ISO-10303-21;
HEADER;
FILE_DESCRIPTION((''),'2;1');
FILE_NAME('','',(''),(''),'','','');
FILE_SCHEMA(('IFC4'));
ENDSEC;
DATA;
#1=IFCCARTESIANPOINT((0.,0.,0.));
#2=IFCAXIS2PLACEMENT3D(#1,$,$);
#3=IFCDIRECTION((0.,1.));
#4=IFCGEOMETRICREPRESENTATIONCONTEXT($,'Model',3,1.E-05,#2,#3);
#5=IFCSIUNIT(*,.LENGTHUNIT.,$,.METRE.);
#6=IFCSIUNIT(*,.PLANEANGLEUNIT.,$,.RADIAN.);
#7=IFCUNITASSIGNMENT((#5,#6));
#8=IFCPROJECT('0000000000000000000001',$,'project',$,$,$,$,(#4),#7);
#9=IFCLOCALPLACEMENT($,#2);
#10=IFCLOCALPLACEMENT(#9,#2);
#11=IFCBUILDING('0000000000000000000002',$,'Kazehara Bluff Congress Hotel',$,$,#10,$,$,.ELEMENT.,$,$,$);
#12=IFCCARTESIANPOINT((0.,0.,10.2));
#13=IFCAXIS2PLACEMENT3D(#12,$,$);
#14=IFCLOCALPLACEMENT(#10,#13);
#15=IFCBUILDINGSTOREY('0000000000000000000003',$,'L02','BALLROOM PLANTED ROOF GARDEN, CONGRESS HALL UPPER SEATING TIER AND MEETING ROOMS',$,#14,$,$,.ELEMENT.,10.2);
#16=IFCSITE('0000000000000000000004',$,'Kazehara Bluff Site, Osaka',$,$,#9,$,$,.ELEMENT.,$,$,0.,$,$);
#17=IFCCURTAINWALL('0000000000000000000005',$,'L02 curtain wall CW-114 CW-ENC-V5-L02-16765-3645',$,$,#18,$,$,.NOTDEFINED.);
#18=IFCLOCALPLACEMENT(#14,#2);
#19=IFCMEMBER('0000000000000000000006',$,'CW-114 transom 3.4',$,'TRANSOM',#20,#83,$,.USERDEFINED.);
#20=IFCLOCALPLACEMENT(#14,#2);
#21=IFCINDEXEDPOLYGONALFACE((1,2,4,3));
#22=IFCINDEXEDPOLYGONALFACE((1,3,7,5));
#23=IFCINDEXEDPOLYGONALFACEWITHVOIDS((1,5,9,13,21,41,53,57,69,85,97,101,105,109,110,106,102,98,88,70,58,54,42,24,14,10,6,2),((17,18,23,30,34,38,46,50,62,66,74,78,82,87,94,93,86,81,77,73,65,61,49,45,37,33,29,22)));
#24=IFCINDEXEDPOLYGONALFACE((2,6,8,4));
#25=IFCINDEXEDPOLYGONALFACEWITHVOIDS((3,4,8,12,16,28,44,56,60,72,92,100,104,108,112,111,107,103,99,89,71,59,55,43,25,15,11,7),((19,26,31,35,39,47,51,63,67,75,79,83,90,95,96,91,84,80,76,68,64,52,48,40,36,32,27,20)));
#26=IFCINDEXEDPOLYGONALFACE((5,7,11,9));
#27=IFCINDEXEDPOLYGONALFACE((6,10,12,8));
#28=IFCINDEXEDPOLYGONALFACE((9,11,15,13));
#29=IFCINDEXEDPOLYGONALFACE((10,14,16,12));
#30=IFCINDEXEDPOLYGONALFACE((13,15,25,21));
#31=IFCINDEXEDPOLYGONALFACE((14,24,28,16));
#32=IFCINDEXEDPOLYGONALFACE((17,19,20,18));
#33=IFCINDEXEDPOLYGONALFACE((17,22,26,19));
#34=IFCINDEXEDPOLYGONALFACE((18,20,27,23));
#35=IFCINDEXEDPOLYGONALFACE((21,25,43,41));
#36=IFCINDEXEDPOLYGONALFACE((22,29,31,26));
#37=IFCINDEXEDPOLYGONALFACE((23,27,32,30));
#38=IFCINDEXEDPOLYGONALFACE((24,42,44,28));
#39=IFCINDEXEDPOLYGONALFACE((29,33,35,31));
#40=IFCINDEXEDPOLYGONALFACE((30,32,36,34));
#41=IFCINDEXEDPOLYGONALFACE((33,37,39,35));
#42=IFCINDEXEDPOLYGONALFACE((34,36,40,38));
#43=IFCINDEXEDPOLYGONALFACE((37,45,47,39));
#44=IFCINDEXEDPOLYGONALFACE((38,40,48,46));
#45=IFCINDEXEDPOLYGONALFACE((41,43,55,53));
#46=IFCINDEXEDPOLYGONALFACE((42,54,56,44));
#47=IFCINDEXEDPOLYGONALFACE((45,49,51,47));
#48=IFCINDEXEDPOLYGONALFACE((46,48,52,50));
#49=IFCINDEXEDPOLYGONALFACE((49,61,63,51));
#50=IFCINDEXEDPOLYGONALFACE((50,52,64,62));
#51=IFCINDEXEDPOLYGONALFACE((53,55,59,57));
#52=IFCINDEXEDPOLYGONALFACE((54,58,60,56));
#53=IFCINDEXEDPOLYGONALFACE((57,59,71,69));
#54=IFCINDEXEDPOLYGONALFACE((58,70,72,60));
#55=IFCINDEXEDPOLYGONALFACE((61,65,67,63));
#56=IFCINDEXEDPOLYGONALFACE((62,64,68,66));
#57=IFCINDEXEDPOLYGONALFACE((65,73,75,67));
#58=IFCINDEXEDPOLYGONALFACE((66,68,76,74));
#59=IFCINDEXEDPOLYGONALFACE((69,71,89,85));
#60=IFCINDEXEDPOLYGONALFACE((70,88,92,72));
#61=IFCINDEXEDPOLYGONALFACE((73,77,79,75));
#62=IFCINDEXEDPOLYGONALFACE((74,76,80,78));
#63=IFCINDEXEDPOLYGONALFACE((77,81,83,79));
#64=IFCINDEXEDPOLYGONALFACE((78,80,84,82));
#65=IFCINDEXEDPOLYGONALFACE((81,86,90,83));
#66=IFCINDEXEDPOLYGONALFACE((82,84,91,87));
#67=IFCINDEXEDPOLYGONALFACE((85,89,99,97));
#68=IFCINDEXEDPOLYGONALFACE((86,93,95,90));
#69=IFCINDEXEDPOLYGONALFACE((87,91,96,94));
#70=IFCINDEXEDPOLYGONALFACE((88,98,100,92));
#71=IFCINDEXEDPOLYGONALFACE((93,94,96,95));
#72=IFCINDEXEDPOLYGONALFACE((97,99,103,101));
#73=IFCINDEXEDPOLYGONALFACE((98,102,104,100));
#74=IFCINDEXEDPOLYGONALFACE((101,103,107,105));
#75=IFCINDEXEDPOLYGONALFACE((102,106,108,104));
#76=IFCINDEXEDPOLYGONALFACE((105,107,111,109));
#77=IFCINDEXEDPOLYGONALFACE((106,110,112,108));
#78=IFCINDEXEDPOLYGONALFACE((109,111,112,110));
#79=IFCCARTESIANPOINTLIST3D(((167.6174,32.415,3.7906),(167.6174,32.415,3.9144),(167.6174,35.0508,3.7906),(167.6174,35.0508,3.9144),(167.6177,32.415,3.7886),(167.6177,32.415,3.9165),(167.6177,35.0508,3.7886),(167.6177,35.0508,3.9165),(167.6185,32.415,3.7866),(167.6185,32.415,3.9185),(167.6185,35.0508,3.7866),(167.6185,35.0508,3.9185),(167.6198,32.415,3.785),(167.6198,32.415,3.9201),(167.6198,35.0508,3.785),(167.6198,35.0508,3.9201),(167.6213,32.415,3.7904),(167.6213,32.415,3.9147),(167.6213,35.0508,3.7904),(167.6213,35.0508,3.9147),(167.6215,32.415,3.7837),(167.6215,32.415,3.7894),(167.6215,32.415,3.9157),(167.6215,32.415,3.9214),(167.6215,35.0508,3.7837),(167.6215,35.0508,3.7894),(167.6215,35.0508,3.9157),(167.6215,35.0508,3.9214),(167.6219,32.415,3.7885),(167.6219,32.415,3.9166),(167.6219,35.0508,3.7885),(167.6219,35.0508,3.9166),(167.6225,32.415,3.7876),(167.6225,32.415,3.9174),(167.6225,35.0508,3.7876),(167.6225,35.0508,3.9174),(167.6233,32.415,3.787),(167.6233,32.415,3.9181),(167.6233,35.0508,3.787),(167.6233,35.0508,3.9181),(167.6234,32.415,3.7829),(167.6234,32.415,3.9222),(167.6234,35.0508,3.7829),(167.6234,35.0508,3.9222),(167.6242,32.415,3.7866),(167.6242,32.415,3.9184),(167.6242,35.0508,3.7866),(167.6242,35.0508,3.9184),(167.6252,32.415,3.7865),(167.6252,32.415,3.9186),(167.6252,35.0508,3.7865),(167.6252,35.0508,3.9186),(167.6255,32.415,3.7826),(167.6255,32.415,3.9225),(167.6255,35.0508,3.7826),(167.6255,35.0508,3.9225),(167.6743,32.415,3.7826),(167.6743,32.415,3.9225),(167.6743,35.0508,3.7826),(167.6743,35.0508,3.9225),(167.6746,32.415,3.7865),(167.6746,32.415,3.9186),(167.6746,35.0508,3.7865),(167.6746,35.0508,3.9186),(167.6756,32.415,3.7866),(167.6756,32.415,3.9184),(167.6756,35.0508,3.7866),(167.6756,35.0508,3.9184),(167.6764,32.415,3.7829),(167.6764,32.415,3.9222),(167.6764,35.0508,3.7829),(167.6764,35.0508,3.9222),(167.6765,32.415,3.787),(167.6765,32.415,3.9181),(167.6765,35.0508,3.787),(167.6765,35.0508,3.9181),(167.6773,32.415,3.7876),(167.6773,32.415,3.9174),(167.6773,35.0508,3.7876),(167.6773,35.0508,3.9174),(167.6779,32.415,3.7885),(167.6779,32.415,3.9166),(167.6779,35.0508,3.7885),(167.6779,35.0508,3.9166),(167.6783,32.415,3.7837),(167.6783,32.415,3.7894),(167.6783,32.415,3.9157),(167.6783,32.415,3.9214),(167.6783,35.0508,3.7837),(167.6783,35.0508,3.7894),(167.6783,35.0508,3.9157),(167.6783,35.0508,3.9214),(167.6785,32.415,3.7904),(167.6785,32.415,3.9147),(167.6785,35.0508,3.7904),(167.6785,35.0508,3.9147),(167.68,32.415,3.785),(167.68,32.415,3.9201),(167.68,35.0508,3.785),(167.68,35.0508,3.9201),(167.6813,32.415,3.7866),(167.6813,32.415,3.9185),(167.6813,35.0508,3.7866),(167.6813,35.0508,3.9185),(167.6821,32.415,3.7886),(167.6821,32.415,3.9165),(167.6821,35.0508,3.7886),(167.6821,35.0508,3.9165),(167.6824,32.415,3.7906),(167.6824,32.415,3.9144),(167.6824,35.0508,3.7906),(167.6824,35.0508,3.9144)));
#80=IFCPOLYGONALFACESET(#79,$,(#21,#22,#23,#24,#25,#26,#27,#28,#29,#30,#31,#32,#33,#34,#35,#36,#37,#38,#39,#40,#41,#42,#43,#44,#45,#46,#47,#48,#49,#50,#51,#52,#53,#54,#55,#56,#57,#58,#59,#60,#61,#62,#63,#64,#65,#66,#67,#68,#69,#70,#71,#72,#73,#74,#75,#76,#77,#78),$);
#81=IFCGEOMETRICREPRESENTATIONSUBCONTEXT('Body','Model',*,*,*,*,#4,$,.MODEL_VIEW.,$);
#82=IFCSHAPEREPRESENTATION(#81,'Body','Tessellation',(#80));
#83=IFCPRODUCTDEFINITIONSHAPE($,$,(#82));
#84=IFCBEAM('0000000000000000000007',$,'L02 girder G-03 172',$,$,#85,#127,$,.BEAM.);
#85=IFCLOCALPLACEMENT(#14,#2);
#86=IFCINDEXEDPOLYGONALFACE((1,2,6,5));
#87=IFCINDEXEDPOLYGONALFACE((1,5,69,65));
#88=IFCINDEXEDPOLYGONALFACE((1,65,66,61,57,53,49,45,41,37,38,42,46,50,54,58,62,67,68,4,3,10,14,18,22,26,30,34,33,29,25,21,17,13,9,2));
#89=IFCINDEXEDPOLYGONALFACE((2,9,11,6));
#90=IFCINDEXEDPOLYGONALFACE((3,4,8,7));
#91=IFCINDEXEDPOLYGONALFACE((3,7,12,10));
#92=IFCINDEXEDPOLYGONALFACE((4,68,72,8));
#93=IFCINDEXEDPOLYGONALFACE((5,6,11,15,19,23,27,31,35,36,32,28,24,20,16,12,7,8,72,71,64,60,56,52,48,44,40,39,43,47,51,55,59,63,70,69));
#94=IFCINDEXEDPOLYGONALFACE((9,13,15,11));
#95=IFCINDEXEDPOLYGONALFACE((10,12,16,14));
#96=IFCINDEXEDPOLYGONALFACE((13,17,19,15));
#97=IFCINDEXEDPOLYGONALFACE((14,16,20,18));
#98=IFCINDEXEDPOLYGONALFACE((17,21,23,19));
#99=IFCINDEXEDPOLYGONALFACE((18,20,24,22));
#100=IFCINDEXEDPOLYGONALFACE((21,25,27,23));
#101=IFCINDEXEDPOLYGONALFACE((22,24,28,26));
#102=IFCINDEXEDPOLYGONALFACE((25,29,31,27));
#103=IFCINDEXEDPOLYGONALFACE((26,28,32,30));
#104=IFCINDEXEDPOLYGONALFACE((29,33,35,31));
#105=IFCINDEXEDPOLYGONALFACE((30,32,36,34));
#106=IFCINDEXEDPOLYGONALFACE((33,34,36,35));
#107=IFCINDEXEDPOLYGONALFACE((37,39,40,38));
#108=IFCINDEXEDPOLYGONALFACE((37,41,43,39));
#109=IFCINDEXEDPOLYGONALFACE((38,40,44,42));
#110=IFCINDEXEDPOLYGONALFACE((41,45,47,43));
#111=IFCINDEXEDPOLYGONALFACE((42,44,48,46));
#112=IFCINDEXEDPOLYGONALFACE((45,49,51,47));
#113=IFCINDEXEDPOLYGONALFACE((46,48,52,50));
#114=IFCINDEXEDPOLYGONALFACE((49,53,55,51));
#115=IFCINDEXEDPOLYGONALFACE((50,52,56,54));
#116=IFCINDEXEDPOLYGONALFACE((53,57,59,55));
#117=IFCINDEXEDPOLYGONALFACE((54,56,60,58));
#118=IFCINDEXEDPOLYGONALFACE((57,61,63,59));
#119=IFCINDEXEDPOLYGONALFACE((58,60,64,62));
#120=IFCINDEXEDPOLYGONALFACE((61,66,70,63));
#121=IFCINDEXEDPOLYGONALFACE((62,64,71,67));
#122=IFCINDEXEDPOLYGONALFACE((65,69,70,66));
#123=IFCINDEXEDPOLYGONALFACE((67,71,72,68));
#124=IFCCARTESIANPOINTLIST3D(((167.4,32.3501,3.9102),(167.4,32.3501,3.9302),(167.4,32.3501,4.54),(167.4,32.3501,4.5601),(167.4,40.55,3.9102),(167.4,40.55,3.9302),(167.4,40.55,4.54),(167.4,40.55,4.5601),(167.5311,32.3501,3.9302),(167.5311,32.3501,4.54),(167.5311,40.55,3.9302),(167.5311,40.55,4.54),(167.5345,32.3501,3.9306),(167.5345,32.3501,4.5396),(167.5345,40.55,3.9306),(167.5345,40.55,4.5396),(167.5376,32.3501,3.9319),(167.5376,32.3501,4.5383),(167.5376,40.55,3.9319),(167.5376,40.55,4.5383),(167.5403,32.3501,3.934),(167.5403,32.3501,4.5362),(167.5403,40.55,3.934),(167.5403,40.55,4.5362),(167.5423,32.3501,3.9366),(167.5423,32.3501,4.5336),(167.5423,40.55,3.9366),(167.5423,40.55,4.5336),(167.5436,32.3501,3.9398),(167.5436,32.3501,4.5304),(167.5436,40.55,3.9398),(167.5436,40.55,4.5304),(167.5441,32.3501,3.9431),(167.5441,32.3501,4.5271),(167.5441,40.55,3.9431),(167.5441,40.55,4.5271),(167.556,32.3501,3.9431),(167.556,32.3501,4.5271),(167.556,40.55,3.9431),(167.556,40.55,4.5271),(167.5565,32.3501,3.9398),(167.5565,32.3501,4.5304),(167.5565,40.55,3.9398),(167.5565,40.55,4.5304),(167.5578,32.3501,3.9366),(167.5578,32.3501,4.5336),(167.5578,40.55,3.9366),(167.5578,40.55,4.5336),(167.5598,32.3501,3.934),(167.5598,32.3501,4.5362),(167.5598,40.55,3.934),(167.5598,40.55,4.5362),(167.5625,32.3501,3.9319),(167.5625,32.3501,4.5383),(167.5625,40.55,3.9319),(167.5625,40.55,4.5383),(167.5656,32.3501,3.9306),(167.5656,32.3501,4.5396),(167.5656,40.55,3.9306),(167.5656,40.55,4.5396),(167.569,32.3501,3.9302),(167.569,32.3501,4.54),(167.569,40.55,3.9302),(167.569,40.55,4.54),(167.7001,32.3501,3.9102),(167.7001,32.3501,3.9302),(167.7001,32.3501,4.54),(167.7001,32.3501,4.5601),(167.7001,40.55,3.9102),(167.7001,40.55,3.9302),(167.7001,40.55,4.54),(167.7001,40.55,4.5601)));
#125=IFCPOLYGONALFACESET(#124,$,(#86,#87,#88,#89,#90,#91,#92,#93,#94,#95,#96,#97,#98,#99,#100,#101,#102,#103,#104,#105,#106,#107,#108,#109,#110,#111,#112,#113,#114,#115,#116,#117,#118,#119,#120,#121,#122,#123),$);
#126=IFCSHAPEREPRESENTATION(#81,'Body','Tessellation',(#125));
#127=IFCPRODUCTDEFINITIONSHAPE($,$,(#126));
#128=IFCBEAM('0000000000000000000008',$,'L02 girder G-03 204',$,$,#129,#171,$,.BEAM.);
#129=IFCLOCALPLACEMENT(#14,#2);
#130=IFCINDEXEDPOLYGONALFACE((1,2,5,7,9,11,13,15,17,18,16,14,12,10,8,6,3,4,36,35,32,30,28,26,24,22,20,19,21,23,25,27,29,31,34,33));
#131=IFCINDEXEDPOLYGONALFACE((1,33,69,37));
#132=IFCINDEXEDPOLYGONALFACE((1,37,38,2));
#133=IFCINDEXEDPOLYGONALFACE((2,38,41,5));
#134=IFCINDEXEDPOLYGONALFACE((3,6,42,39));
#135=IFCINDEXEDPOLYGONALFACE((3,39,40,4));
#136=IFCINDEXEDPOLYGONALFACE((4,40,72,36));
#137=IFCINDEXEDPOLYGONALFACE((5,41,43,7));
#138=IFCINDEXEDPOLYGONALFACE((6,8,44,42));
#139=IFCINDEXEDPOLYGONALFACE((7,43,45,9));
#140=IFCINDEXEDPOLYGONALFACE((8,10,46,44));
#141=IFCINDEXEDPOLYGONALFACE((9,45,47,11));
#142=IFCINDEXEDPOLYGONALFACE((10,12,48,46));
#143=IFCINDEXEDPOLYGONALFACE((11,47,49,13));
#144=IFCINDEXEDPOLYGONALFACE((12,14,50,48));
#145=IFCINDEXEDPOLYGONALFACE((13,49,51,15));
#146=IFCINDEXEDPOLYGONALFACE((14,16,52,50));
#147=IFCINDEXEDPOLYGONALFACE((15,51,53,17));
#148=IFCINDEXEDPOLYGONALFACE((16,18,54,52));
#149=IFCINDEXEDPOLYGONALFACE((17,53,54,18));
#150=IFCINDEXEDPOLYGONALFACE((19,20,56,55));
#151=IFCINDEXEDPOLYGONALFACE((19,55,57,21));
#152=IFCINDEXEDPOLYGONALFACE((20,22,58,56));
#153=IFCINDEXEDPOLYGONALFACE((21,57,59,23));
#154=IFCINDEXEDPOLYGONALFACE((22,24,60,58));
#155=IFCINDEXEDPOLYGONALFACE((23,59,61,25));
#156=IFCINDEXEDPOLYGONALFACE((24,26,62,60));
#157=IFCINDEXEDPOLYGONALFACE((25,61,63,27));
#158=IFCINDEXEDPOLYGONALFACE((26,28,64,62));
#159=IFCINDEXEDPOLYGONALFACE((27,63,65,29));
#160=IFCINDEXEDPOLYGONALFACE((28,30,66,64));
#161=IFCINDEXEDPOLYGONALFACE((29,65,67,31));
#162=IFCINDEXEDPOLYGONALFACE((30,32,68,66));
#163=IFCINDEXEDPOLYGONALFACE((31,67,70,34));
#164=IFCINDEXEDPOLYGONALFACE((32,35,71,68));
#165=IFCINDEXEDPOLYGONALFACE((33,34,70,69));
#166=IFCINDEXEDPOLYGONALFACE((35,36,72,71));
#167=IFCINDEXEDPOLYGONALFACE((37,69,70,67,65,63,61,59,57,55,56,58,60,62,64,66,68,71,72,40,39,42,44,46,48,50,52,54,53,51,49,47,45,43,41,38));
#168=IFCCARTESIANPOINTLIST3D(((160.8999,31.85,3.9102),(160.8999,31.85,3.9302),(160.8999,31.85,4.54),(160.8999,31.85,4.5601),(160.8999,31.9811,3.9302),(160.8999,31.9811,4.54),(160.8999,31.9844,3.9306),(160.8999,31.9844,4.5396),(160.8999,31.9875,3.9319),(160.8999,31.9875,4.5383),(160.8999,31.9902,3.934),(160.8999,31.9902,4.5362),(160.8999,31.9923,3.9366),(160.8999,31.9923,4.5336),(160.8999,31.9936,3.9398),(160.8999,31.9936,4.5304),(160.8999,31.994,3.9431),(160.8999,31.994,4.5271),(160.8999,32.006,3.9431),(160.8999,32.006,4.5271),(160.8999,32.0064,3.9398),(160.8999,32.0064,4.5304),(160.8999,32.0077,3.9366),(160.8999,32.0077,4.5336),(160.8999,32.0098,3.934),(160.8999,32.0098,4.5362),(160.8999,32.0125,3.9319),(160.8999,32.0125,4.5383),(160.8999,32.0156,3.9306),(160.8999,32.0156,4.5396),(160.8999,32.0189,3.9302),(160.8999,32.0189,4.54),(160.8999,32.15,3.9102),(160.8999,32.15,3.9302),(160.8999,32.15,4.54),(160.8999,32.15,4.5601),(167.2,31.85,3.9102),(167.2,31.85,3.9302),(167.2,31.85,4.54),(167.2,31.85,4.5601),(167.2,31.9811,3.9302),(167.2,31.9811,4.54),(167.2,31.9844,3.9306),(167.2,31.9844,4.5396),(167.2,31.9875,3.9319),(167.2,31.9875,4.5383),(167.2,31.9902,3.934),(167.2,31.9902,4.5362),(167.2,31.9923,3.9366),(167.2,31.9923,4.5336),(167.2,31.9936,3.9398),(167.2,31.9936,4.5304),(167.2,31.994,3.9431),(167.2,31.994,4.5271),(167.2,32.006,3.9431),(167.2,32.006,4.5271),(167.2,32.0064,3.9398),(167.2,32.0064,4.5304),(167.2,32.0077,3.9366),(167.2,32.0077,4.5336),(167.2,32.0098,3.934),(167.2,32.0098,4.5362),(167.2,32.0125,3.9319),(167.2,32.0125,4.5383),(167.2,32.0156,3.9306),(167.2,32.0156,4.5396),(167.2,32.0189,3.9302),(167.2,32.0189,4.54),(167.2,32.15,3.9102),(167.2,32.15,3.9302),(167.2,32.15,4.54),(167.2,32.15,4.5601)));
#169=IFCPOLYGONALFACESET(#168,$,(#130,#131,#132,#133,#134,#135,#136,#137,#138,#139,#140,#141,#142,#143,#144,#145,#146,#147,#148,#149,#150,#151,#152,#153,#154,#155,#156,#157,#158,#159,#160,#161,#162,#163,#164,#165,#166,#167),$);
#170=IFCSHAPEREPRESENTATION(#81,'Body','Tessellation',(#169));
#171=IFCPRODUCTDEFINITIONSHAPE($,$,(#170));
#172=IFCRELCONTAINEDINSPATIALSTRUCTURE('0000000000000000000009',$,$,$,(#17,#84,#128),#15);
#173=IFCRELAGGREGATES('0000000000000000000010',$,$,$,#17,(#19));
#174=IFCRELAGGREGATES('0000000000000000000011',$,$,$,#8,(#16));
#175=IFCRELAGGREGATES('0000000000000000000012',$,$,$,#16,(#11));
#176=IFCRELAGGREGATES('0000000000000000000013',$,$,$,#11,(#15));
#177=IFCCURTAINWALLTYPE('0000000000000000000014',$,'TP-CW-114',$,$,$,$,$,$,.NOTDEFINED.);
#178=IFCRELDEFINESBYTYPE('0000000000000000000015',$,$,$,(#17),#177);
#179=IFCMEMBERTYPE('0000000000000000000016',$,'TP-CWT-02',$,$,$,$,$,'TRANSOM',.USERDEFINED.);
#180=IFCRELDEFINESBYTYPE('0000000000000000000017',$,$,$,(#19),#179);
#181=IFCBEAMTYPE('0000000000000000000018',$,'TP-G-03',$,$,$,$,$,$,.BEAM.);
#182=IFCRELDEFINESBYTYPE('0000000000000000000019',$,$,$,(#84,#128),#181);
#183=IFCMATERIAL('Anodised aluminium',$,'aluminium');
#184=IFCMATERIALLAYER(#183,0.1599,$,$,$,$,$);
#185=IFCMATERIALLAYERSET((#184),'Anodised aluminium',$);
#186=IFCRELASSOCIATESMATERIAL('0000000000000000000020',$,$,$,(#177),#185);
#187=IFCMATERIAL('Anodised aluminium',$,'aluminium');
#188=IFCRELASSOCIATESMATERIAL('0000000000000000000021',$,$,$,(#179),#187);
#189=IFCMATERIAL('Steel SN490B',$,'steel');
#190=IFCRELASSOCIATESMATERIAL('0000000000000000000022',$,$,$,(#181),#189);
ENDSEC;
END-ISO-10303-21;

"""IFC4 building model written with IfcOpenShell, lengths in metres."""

from ifc_helpers import new_model, si_unit, direction, frame, origin, origin_2d, place, context, subcontext, project, spatial, hollow_rectangle, i_section, extrude, material, layer, layer_set, material_profile, profile_set, type_object, element, aggregate, save


model = new_model("IFC4")

# Units and contexts
model_context = context("Model", 3, precision=1e-05, world=origin(), true_north=direction((0.0, 1.0)))
body_context = subcontext(model_context, "Body", "Model", "MODEL_VIEW")
ifc_project = project(units=[si_unit("LENGTHUNIT", "METRE"), si_unit("PLANEANGLEUNIT", "RADIAN")], contexts=[model_context])

# Site, building, storey
site_placement = place(None, origin())
site = spatial("IfcSite", under=ifc_project, at=site_placement, Name="Kazehara Bluff Site, Osaka", CompositionType="ELEMENT", RefElevation=0.0)
building_placement = place(site_placement, origin())
building = spatial("IfcBuilding", under=site, at=building_placement, Name="Kazehara Bluff Congress Hotel", CompositionType="ELEMENT")
storey_placement = place(building_placement, frame((0.0, 0.0, 10.2)))
storey = spatial("IfcBuildingStorey", under=building, at=storey_placement, Name="L02", Description="BALLROOM PLANTED ROOF GARDEN, CONGRESS HALL UPPER SEATING TIER AND MEETING ROOMS", CompositionType="ELEMENT", Elevation=10.2)

# Curtain wall, member
ifc_material_1 = material(Name="Anodised aluminium", Category="aluminium")
ifc_layer_1 = layer(ifc_material_1, 0.1599)
ifc_layer_set_1 = layer_set([ifc_layer_1], Name="Anodised aluminium")
curtain_wall_type_1 = type_object("IfcCurtainWallType", Name="TP-CW-114", PredefinedType="NOTDEFINED", material=ifc_layer_set_1)
curtain_wall_1_placement = place(storey_placement, origin())
curtain_wall_1 = element("IfcCurtainWall", 1, at=curtain_wall_1_placement, inside=storey, type_object=curtain_wall_type_1, Name="L02 curtain wall CW-114 CW-ENC-V5-L02-16765-3645", PredefinedType="NOTDEFINED")
ifc_material_2 = material(Name="Anodised aluminium", Category="aluminium")
ifc_material_profile_1 = material_profile(ifc_material_2, hollow_rectangle(XDim=0.0649, YDim=0.1399, WallThickness=0.0039, InnerFilletRadius=0.0039, OuterFilletRadius=0.0081, at=origin_2d()))
ifc_profile_set_1 = profile_set([ifc_material_profile_1], Name="Anodised aluminium")
member_type_1 = type_object("IfcMemberType", Name="TP-CWT-02", ElementType="TRANSOM", PredefinedType="USERDEFINED", material=ifc_profile_set_1)
member_1_placement = place(storey_placement, frame((167.6499, 35.0508, 3.8525), z_axis=(0.0, -1.0, 0.0), x_axis=(1.0, 0.0, 0.0)))
member_1 = element("IfcMember", 2, at=member_1_placement, type_object=member_type_1, Name="CW-114 transom 3.4", ObjectType="TRANSOM", PredefinedType="USERDEFINED", context=body_context, shape_type="SweptSolid", body=[
    extrude(hollow_rectangle(XDim=0.0649, YDim=0.1399, WallThickness=0.0039, InnerFilletRadius=0.0039, OuterFilletRadius=0.0081, at=origin_2d()), origin(), (0.0, 0.0, 1.0), 2.6357),
])

# Beams
ifc_material_3 = material(Name="Steel SN490B", Category="steel")
ifc_material_profile_2 = material_profile(ifc_material_3, i_section(OverallWidth=0.3, OverallDepth=0.6499, WebThickness=0.012, FlangeThickness=0.02, FilletRadius=0.0129, at=origin_2d()))
ifc_profile_set_2 = profile_set([ifc_material_profile_2], Name="Steel SN490B")
beam_type_1 = type_object("IfcBeamType", Name="TP-G-03", PredefinedType="BEAM", material=ifc_profile_set_2)
beam_1_placement = place(storey_placement, frame((167.55, 32.3501, 4.2351), z_axis=(0.0, 1.0, 0.0), x_axis=(-1.0, 0.0, 0.0)))
element("IfcBeam", 3, at=beam_1_placement, inside=storey, type_object=beam_type_1, Name="L02 girder G-03 172", PredefinedType="BEAM", context=body_context, shape_type="SweptSolid", body=[
    extrude(i_section(OverallWidth=0.3, OverallDepth=0.6499, WebThickness=0.012, FlangeThickness=0.02, FilletRadius=0.0129, at=origin_2d()), origin(), (0.0, 0.0, 1.0), 8.2),
])
beam_2_placement = place(storey_placement, frame((160.8999, 32.0, 4.2351), z_axis=(1.0, 0.0, 0.0), x_axis=(0.0, 1.0, 0.0)))
element("IfcBeam", 4, at=beam_2_placement, inside=storey, type_object=beam_type_1, Name="L02 girder G-03 204", PredefinedType="BEAM", context=body_context, shape_type="SweptSolid", body=[
    extrude(i_section(OverallWidth=0.3, OverallDepth=0.6499, WebThickness=0.012, FlangeThickness=0.02, FilletRadius=0.0129, at=origin_2d()), origin(), (0.0, 0.0, 1.0), 6.3),
])

aggregate(curtain_wall_1, [member_1])

save(model, "model.ifc")
